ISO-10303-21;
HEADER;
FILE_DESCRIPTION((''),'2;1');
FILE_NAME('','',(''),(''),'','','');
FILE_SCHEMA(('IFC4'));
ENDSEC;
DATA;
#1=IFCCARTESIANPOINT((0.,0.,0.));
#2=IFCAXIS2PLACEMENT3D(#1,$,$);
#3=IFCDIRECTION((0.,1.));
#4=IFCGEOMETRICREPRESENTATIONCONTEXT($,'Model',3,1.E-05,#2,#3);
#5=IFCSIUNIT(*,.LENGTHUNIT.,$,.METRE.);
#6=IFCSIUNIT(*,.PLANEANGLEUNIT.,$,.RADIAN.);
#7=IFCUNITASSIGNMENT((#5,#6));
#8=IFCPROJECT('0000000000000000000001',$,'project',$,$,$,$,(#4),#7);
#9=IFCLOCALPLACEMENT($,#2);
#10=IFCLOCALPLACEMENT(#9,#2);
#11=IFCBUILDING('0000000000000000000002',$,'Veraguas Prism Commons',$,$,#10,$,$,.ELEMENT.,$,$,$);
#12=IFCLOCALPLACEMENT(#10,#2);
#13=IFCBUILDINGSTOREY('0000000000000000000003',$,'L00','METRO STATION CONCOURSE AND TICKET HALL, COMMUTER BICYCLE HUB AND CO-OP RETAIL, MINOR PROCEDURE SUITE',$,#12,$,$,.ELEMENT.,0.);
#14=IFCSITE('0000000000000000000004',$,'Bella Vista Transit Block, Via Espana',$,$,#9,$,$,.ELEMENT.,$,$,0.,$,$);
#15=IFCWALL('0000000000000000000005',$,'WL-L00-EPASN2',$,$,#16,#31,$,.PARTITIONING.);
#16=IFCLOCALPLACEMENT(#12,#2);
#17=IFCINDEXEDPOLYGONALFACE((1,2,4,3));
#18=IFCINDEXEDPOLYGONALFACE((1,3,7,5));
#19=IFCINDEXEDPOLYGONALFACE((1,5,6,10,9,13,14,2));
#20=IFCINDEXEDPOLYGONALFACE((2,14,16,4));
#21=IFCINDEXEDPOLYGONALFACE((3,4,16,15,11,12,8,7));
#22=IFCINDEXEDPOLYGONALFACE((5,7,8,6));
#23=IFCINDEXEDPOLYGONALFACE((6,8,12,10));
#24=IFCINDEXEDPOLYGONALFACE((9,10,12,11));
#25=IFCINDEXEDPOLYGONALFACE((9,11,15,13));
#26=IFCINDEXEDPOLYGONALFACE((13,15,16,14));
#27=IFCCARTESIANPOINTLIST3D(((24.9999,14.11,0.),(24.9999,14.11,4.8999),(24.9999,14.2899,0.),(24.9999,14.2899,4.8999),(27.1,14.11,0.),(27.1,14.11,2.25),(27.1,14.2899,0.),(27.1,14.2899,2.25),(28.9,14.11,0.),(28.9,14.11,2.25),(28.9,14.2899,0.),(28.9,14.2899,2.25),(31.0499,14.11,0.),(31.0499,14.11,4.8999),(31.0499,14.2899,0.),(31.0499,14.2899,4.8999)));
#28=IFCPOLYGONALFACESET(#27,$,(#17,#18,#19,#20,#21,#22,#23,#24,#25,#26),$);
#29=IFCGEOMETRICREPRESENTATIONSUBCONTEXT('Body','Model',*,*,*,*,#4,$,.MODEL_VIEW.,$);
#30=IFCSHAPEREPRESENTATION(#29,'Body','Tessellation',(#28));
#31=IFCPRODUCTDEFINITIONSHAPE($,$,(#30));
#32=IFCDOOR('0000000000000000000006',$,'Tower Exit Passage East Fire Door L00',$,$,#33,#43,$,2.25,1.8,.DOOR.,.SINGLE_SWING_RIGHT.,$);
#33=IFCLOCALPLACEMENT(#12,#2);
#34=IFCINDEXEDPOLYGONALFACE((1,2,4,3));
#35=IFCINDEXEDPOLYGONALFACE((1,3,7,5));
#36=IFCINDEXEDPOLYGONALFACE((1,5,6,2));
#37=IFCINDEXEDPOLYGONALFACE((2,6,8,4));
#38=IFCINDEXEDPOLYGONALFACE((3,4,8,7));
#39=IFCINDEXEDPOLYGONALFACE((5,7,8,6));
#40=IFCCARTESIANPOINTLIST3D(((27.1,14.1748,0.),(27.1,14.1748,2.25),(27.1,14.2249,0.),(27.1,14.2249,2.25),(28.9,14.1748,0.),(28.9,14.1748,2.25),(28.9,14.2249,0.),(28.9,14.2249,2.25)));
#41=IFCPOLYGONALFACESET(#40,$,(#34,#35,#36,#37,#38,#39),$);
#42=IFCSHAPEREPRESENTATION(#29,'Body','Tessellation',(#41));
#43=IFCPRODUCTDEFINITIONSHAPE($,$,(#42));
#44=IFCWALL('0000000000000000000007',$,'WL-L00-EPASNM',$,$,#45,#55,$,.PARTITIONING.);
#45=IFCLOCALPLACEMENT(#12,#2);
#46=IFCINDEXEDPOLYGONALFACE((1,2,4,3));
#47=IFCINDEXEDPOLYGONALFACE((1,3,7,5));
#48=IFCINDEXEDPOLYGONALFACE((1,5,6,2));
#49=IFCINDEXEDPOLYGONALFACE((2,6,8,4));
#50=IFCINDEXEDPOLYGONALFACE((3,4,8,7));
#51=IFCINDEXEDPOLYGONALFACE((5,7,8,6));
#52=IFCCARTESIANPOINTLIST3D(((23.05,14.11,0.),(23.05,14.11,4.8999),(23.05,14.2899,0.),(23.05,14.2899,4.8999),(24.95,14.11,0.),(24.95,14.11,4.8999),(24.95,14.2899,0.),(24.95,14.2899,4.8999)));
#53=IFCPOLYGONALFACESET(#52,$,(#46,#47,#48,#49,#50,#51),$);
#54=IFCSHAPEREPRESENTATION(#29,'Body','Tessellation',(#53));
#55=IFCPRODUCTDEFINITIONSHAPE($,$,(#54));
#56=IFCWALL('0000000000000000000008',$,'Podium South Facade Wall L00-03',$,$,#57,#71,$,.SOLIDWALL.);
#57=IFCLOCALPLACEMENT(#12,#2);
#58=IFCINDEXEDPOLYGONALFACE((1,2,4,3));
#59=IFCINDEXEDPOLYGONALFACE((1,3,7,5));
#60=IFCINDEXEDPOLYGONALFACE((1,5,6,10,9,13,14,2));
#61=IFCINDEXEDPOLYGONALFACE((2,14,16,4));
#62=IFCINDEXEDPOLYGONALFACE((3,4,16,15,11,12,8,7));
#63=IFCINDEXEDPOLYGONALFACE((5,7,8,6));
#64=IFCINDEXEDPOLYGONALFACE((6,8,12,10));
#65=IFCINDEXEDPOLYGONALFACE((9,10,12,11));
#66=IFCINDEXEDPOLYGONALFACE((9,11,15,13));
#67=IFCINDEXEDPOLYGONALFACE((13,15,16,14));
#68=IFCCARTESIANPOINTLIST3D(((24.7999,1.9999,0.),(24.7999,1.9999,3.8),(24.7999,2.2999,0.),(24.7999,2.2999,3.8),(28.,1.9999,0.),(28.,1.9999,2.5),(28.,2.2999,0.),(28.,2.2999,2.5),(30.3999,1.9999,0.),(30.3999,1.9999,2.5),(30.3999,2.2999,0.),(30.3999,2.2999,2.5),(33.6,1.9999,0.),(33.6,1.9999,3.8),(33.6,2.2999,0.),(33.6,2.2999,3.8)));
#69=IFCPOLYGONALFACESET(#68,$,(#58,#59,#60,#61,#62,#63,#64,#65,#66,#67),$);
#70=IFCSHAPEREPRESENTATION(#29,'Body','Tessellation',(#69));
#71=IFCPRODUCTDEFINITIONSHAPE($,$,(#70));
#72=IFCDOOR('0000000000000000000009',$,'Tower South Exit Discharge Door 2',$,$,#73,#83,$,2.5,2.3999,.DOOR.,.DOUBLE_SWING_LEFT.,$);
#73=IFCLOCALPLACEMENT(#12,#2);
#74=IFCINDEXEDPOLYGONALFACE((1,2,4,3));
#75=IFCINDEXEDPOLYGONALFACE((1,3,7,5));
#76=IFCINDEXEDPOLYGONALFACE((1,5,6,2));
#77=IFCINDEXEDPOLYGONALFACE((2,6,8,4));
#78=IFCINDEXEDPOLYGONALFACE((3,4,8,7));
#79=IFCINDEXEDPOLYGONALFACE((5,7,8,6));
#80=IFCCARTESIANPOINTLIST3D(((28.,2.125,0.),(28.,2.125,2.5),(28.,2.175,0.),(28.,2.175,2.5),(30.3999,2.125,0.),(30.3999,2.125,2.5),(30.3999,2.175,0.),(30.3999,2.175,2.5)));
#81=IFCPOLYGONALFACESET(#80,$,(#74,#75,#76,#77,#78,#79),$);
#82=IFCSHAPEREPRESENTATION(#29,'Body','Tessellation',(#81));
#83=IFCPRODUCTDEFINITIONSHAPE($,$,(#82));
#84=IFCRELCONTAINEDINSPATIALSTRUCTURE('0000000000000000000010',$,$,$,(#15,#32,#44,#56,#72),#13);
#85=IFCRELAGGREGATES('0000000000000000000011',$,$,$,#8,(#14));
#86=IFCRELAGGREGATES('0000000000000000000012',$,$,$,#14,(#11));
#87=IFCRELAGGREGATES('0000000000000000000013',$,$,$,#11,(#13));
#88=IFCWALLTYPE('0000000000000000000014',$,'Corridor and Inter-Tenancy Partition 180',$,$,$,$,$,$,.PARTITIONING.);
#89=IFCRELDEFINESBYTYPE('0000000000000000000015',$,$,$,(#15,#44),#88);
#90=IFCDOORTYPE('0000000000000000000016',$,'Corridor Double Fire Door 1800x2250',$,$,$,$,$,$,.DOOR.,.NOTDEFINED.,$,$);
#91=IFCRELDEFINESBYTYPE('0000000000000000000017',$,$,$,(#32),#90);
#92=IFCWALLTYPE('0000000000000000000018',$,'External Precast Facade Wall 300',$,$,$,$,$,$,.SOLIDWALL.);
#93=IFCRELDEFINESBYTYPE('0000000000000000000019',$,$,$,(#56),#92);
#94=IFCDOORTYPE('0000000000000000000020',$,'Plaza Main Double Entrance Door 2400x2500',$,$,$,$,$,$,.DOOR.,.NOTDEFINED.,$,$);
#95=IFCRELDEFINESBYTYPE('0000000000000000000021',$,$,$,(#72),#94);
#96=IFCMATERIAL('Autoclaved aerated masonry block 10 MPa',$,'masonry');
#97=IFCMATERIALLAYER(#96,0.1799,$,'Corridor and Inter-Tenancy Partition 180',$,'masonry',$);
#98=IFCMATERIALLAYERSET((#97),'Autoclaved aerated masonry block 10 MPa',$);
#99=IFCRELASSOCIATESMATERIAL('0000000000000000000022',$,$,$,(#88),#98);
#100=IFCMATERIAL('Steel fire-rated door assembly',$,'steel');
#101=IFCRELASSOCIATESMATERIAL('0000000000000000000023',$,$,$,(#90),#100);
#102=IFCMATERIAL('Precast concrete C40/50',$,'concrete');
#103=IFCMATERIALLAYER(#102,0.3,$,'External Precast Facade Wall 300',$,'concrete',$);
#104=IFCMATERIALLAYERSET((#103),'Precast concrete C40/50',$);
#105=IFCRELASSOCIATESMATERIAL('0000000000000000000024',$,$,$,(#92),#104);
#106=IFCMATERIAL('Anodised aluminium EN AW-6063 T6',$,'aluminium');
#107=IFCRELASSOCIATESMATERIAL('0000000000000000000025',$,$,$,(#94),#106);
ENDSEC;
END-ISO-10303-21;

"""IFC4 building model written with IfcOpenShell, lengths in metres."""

from ifc_helpers import new_model, si_unit, direction, frame, frame_2d, origin, place, context, subcontext, project, spatial, rectangle, extrude, source, transform, mapped, material, layer, layer_set, type_object, element, fill, save


model = new_model("IFC4")

# Units and contexts
model_context = context("Model", 3, precision=1e-05, world=origin(), true_north=direction((0.0, 1.0)))
body_context = subcontext(model_context, "Body", "Model", "MODEL_VIEW")
ifc_project = project(units=[si_unit("LENGTHUNIT", "METRE"), si_unit("PLANEANGLEUNIT", "RADIAN")], contexts=[model_context])

# Site, building, storey
site_placement = place(None, origin())
site = spatial("IfcSite", under=ifc_project, at=site_placement, Name="Bella Vista Transit Block, Via Espana", CompositionType="ELEMENT", RefElevation=0.0)
building_placement = place(site_placement, origin())
building = spatial("IfcBuilding", under=site, at=building_placement, Name="Veraguas Prism Commons", CompositionType="ELEMENT")
storey_placement = place(building_placement, origin())
storey = spatial("IfcBuildingStorey", under=building, at=storey_placement, Name="L00", Description="METRO STATION CONCOURSE AND TICKET HALL, COMMUTER BICYCLE HUB AND CO-OP RETAIL, MINOR PROCEDURE SUITE", CompositionType="ELEMENT", Elevation=0.0)

# Wall, opening, door
ifc_material_1 = material(Name="Autoclaved aerated masonry block 10 MPa", Category="masonry")
ifc_layer_1 = layer(ifc_material_1, 0.1799, Name="Corridor and Inter-Tenancy Partition 180", Category="masonry")
ifc_layer_set_1 = layer_set([ifc_layer_1], Name="Autoclaved aerated masonry block 10 MPa")
wall_type_1 = type_object("IfcWallType", Name="Corridor and Inter-Tenancy Partition 180", PredefinedType="PARTITIONING", material=ifc_layer_set_1)
wall_1_placement = place(storey_placement, frame((25.0, 14.2, 0.0), z_axis=(0.0, 0.0, 1.0), x_axis=(1.0, 0.0, 0.0)))
wall_1 = element("IfcWall", 1, at=wall_1_placement, inside=storey, type_object=wall_type_1, Name="WL-L00-EPASN2", PredefinedType="PARTITIONING", context=body_context, shape_type="SweptSolid", body=[
    extrude(rectangle(XDim=6.05, YDim=0.1799, at=frame_2d((3.0249, 0.0))), origin(), (0.0, 0.0, 1.0), 4.8999),
])
opening_1_placement = place(wall_1_placement, frame((2.1001, 0.0, 0.0)))
opening_1 = element("IfcOpeningElement", 2, at=opening_1_placement, cuts=wall_1, PredefinedType="OPENING", context=body_context, shape_type="SweptSolid", body=[
    extrude(rectangle(XDim=1.8, YDim=2.25, at=frame_2d((0.8999, 1.125))), frame((0.0, 0.0999, 0.0), z_axis=(0.0, -1.0, 0.0), x_axis=(1.0, 0.0, 0.0)), (0.0, 0.0, 1.0), 0.2),
])
ifc_material_2 = material(Name="Steel fire-rated door assembly", Category="steel")
door_type_1 = type_object("IfcDoorType", Name="Corridor Double Fire Door 1800x2250", OperationType="NOTDEFINED", PredefinedType="DOOR", material=ifc_material_2)
shared_shape_1 = source(origin(), body_context, "Body", "SweptSolid", [
    extrude(rectangle(XDim=1.8, YDim=2.25, at=frame_2d((0.8999, 1.125))), frame((0.0, 0.0249, 0.0), z_axis=(0.0, -1.0, 0.0), x_axis=(1.0, 0.0, 0.0)), (0.0, 0.0, 1.0), 0.05),
])
door_1_placement = place(opening_1_placement, origin())
door_1 = element("IfcDoor", 3, at=door_1_placement, inside=storey, type_object=door_type_1, Name="Tower Exit Passage East Fire Door L00", OperationType="SINGLE_SWING_RIGHT", OverallHeight=2.25, OverallWidth=1.8, PredefinedType="DOOR", context=body_context, shape_type="MappedRepresentation", body=[
    mapped(shared_shape_1, transform((0.0, 0.0, 0.0), scale=1.0)),
])
fill(opening_1, door_1)

# Wall
wall_2_placement = place(storey_placement, frame((23.05, 14.2, 0.0), z_axis=(0.0, 0.0, 1.0), x_axis=(1.0, 0.0, 0.0)))
element("IfcWall", 4, at=wall_2_placement, inside=storey, type_object=wall_type_1, Name="WL-L00-EPASNM", PredefinedType="PARTITIONING", context=body_context, shape_type="SweptSolid", body=[
    extrude(rectangle(XDim=1.8999, YDim=0.1799, at=frame_2d((0.95, 0.0))), origin(), (0.0, 0.0, 1.0), 4.8999),
])

# Wall, opening, door
ifc_material_3 = material(Name="Precast concrete C40/50", Category="concrete")
ifc_layer_2 = layer(ifc_material_3, 0.3, Name="External Precast Facade Wall 300", Category="concrete")
ifc_layer_set_2 = layer_set([ifc_layer_2], Name="Precast concrete C40/50")
wall_type_2 = type_object("IfcWallType", Name="External Precast Facade Wall 300", PredefinedType="SOLIDWALL", material=ifc_layer_set_2)
wall_3_placement = place(storey_placement, frame((24.8, 2.1499, 0.0), z_axis=(0.0, 0.0, 1.0), x_axis=(1.0, 0.0, 0.0)))
wall_3 = element("IfcWall", 5, at=wall_3_placement, inside=storey, type_object=wall_type_2, Name="Podium South Facade Wall L00-03", PredefinedType="SOLIDWALL", context=body_context, shape_type="SweptSolid", body=[
    extrude(rectangle(XDim=8.8, YDim=0.3, at=frame_2d((4.3999, 0.0))), origin(), (0.0, 0.0, 1.0), 3.8),
])
opening_2_placement = place(wall_3_placement, frame((3.2, 0.0, 0.0)))
opening_2 = element("IfcOpeningElement", 6, at=opening_2_placement, cuts=wall_3, PredefinedType="OPENING", context=body_context, shape_type="SweptSolid", body=[
    extrude(rectangle(XDim=2.3999, YDim=2.5, at=frame_2d((1.2, 1.25))), frame((0.0, 0.1599, 0.0), z_axis=(0.0, -1.0, 0.0), x_axis=(1.0, 0.0, 0.0)), (0.0, 0.0, 1.0), 0.3201),
])
ifc_material_4 = material(Name="Anodised aluminium EN AW-6063 T6", Category="aluminium")
door_type_2 = type_object("IfcDoorType", Name="Plaza Main Double Entrance Door 2400x2500", OperationType="NOTDEFINED", PredefinedType="DOOR", material=ifc_material_4)
shared_shape_2 = source(origin(), body_context, "Body", "SweptSolid", [
    extrude(rectangle(XDim=2.3999, YDim=2.5, at=frame_2d((1.2, 1.25))), frame((0.0, 0.0249, 0.0), z_axis=(0.0, -1.0, 0.0), x_axis=(1.0, 0.0, 0.0)), (0.0, 0.0, 1.0), 0.05),
])
door_2_placement = place(opening_2_placement, frame((2.3999, 0.0, 0.0), z_axis=(0.0, 0.0, 1.0), x_axis=(-1.0, 0.0, 0.0)))
door_2 = element("IfcDoor", 7, at=door_2_placement, inside=storey, type_object=door_type_2, Name="Tower South Exit Discharge Door 2", OperationType="DOUBLE_SWING_LEFT", OverallHeight=2.5, OverallWidth=2.3999, PredefinedType="DOOR", context=body_context, shape_type="MappedRepresentation", body=[
    mapped(shared_shape_2, transform((0.0, 0.0, 0.0), scale=1.0)),
])
fill(opening_2, door_2)

save(model, "model.ifc")
